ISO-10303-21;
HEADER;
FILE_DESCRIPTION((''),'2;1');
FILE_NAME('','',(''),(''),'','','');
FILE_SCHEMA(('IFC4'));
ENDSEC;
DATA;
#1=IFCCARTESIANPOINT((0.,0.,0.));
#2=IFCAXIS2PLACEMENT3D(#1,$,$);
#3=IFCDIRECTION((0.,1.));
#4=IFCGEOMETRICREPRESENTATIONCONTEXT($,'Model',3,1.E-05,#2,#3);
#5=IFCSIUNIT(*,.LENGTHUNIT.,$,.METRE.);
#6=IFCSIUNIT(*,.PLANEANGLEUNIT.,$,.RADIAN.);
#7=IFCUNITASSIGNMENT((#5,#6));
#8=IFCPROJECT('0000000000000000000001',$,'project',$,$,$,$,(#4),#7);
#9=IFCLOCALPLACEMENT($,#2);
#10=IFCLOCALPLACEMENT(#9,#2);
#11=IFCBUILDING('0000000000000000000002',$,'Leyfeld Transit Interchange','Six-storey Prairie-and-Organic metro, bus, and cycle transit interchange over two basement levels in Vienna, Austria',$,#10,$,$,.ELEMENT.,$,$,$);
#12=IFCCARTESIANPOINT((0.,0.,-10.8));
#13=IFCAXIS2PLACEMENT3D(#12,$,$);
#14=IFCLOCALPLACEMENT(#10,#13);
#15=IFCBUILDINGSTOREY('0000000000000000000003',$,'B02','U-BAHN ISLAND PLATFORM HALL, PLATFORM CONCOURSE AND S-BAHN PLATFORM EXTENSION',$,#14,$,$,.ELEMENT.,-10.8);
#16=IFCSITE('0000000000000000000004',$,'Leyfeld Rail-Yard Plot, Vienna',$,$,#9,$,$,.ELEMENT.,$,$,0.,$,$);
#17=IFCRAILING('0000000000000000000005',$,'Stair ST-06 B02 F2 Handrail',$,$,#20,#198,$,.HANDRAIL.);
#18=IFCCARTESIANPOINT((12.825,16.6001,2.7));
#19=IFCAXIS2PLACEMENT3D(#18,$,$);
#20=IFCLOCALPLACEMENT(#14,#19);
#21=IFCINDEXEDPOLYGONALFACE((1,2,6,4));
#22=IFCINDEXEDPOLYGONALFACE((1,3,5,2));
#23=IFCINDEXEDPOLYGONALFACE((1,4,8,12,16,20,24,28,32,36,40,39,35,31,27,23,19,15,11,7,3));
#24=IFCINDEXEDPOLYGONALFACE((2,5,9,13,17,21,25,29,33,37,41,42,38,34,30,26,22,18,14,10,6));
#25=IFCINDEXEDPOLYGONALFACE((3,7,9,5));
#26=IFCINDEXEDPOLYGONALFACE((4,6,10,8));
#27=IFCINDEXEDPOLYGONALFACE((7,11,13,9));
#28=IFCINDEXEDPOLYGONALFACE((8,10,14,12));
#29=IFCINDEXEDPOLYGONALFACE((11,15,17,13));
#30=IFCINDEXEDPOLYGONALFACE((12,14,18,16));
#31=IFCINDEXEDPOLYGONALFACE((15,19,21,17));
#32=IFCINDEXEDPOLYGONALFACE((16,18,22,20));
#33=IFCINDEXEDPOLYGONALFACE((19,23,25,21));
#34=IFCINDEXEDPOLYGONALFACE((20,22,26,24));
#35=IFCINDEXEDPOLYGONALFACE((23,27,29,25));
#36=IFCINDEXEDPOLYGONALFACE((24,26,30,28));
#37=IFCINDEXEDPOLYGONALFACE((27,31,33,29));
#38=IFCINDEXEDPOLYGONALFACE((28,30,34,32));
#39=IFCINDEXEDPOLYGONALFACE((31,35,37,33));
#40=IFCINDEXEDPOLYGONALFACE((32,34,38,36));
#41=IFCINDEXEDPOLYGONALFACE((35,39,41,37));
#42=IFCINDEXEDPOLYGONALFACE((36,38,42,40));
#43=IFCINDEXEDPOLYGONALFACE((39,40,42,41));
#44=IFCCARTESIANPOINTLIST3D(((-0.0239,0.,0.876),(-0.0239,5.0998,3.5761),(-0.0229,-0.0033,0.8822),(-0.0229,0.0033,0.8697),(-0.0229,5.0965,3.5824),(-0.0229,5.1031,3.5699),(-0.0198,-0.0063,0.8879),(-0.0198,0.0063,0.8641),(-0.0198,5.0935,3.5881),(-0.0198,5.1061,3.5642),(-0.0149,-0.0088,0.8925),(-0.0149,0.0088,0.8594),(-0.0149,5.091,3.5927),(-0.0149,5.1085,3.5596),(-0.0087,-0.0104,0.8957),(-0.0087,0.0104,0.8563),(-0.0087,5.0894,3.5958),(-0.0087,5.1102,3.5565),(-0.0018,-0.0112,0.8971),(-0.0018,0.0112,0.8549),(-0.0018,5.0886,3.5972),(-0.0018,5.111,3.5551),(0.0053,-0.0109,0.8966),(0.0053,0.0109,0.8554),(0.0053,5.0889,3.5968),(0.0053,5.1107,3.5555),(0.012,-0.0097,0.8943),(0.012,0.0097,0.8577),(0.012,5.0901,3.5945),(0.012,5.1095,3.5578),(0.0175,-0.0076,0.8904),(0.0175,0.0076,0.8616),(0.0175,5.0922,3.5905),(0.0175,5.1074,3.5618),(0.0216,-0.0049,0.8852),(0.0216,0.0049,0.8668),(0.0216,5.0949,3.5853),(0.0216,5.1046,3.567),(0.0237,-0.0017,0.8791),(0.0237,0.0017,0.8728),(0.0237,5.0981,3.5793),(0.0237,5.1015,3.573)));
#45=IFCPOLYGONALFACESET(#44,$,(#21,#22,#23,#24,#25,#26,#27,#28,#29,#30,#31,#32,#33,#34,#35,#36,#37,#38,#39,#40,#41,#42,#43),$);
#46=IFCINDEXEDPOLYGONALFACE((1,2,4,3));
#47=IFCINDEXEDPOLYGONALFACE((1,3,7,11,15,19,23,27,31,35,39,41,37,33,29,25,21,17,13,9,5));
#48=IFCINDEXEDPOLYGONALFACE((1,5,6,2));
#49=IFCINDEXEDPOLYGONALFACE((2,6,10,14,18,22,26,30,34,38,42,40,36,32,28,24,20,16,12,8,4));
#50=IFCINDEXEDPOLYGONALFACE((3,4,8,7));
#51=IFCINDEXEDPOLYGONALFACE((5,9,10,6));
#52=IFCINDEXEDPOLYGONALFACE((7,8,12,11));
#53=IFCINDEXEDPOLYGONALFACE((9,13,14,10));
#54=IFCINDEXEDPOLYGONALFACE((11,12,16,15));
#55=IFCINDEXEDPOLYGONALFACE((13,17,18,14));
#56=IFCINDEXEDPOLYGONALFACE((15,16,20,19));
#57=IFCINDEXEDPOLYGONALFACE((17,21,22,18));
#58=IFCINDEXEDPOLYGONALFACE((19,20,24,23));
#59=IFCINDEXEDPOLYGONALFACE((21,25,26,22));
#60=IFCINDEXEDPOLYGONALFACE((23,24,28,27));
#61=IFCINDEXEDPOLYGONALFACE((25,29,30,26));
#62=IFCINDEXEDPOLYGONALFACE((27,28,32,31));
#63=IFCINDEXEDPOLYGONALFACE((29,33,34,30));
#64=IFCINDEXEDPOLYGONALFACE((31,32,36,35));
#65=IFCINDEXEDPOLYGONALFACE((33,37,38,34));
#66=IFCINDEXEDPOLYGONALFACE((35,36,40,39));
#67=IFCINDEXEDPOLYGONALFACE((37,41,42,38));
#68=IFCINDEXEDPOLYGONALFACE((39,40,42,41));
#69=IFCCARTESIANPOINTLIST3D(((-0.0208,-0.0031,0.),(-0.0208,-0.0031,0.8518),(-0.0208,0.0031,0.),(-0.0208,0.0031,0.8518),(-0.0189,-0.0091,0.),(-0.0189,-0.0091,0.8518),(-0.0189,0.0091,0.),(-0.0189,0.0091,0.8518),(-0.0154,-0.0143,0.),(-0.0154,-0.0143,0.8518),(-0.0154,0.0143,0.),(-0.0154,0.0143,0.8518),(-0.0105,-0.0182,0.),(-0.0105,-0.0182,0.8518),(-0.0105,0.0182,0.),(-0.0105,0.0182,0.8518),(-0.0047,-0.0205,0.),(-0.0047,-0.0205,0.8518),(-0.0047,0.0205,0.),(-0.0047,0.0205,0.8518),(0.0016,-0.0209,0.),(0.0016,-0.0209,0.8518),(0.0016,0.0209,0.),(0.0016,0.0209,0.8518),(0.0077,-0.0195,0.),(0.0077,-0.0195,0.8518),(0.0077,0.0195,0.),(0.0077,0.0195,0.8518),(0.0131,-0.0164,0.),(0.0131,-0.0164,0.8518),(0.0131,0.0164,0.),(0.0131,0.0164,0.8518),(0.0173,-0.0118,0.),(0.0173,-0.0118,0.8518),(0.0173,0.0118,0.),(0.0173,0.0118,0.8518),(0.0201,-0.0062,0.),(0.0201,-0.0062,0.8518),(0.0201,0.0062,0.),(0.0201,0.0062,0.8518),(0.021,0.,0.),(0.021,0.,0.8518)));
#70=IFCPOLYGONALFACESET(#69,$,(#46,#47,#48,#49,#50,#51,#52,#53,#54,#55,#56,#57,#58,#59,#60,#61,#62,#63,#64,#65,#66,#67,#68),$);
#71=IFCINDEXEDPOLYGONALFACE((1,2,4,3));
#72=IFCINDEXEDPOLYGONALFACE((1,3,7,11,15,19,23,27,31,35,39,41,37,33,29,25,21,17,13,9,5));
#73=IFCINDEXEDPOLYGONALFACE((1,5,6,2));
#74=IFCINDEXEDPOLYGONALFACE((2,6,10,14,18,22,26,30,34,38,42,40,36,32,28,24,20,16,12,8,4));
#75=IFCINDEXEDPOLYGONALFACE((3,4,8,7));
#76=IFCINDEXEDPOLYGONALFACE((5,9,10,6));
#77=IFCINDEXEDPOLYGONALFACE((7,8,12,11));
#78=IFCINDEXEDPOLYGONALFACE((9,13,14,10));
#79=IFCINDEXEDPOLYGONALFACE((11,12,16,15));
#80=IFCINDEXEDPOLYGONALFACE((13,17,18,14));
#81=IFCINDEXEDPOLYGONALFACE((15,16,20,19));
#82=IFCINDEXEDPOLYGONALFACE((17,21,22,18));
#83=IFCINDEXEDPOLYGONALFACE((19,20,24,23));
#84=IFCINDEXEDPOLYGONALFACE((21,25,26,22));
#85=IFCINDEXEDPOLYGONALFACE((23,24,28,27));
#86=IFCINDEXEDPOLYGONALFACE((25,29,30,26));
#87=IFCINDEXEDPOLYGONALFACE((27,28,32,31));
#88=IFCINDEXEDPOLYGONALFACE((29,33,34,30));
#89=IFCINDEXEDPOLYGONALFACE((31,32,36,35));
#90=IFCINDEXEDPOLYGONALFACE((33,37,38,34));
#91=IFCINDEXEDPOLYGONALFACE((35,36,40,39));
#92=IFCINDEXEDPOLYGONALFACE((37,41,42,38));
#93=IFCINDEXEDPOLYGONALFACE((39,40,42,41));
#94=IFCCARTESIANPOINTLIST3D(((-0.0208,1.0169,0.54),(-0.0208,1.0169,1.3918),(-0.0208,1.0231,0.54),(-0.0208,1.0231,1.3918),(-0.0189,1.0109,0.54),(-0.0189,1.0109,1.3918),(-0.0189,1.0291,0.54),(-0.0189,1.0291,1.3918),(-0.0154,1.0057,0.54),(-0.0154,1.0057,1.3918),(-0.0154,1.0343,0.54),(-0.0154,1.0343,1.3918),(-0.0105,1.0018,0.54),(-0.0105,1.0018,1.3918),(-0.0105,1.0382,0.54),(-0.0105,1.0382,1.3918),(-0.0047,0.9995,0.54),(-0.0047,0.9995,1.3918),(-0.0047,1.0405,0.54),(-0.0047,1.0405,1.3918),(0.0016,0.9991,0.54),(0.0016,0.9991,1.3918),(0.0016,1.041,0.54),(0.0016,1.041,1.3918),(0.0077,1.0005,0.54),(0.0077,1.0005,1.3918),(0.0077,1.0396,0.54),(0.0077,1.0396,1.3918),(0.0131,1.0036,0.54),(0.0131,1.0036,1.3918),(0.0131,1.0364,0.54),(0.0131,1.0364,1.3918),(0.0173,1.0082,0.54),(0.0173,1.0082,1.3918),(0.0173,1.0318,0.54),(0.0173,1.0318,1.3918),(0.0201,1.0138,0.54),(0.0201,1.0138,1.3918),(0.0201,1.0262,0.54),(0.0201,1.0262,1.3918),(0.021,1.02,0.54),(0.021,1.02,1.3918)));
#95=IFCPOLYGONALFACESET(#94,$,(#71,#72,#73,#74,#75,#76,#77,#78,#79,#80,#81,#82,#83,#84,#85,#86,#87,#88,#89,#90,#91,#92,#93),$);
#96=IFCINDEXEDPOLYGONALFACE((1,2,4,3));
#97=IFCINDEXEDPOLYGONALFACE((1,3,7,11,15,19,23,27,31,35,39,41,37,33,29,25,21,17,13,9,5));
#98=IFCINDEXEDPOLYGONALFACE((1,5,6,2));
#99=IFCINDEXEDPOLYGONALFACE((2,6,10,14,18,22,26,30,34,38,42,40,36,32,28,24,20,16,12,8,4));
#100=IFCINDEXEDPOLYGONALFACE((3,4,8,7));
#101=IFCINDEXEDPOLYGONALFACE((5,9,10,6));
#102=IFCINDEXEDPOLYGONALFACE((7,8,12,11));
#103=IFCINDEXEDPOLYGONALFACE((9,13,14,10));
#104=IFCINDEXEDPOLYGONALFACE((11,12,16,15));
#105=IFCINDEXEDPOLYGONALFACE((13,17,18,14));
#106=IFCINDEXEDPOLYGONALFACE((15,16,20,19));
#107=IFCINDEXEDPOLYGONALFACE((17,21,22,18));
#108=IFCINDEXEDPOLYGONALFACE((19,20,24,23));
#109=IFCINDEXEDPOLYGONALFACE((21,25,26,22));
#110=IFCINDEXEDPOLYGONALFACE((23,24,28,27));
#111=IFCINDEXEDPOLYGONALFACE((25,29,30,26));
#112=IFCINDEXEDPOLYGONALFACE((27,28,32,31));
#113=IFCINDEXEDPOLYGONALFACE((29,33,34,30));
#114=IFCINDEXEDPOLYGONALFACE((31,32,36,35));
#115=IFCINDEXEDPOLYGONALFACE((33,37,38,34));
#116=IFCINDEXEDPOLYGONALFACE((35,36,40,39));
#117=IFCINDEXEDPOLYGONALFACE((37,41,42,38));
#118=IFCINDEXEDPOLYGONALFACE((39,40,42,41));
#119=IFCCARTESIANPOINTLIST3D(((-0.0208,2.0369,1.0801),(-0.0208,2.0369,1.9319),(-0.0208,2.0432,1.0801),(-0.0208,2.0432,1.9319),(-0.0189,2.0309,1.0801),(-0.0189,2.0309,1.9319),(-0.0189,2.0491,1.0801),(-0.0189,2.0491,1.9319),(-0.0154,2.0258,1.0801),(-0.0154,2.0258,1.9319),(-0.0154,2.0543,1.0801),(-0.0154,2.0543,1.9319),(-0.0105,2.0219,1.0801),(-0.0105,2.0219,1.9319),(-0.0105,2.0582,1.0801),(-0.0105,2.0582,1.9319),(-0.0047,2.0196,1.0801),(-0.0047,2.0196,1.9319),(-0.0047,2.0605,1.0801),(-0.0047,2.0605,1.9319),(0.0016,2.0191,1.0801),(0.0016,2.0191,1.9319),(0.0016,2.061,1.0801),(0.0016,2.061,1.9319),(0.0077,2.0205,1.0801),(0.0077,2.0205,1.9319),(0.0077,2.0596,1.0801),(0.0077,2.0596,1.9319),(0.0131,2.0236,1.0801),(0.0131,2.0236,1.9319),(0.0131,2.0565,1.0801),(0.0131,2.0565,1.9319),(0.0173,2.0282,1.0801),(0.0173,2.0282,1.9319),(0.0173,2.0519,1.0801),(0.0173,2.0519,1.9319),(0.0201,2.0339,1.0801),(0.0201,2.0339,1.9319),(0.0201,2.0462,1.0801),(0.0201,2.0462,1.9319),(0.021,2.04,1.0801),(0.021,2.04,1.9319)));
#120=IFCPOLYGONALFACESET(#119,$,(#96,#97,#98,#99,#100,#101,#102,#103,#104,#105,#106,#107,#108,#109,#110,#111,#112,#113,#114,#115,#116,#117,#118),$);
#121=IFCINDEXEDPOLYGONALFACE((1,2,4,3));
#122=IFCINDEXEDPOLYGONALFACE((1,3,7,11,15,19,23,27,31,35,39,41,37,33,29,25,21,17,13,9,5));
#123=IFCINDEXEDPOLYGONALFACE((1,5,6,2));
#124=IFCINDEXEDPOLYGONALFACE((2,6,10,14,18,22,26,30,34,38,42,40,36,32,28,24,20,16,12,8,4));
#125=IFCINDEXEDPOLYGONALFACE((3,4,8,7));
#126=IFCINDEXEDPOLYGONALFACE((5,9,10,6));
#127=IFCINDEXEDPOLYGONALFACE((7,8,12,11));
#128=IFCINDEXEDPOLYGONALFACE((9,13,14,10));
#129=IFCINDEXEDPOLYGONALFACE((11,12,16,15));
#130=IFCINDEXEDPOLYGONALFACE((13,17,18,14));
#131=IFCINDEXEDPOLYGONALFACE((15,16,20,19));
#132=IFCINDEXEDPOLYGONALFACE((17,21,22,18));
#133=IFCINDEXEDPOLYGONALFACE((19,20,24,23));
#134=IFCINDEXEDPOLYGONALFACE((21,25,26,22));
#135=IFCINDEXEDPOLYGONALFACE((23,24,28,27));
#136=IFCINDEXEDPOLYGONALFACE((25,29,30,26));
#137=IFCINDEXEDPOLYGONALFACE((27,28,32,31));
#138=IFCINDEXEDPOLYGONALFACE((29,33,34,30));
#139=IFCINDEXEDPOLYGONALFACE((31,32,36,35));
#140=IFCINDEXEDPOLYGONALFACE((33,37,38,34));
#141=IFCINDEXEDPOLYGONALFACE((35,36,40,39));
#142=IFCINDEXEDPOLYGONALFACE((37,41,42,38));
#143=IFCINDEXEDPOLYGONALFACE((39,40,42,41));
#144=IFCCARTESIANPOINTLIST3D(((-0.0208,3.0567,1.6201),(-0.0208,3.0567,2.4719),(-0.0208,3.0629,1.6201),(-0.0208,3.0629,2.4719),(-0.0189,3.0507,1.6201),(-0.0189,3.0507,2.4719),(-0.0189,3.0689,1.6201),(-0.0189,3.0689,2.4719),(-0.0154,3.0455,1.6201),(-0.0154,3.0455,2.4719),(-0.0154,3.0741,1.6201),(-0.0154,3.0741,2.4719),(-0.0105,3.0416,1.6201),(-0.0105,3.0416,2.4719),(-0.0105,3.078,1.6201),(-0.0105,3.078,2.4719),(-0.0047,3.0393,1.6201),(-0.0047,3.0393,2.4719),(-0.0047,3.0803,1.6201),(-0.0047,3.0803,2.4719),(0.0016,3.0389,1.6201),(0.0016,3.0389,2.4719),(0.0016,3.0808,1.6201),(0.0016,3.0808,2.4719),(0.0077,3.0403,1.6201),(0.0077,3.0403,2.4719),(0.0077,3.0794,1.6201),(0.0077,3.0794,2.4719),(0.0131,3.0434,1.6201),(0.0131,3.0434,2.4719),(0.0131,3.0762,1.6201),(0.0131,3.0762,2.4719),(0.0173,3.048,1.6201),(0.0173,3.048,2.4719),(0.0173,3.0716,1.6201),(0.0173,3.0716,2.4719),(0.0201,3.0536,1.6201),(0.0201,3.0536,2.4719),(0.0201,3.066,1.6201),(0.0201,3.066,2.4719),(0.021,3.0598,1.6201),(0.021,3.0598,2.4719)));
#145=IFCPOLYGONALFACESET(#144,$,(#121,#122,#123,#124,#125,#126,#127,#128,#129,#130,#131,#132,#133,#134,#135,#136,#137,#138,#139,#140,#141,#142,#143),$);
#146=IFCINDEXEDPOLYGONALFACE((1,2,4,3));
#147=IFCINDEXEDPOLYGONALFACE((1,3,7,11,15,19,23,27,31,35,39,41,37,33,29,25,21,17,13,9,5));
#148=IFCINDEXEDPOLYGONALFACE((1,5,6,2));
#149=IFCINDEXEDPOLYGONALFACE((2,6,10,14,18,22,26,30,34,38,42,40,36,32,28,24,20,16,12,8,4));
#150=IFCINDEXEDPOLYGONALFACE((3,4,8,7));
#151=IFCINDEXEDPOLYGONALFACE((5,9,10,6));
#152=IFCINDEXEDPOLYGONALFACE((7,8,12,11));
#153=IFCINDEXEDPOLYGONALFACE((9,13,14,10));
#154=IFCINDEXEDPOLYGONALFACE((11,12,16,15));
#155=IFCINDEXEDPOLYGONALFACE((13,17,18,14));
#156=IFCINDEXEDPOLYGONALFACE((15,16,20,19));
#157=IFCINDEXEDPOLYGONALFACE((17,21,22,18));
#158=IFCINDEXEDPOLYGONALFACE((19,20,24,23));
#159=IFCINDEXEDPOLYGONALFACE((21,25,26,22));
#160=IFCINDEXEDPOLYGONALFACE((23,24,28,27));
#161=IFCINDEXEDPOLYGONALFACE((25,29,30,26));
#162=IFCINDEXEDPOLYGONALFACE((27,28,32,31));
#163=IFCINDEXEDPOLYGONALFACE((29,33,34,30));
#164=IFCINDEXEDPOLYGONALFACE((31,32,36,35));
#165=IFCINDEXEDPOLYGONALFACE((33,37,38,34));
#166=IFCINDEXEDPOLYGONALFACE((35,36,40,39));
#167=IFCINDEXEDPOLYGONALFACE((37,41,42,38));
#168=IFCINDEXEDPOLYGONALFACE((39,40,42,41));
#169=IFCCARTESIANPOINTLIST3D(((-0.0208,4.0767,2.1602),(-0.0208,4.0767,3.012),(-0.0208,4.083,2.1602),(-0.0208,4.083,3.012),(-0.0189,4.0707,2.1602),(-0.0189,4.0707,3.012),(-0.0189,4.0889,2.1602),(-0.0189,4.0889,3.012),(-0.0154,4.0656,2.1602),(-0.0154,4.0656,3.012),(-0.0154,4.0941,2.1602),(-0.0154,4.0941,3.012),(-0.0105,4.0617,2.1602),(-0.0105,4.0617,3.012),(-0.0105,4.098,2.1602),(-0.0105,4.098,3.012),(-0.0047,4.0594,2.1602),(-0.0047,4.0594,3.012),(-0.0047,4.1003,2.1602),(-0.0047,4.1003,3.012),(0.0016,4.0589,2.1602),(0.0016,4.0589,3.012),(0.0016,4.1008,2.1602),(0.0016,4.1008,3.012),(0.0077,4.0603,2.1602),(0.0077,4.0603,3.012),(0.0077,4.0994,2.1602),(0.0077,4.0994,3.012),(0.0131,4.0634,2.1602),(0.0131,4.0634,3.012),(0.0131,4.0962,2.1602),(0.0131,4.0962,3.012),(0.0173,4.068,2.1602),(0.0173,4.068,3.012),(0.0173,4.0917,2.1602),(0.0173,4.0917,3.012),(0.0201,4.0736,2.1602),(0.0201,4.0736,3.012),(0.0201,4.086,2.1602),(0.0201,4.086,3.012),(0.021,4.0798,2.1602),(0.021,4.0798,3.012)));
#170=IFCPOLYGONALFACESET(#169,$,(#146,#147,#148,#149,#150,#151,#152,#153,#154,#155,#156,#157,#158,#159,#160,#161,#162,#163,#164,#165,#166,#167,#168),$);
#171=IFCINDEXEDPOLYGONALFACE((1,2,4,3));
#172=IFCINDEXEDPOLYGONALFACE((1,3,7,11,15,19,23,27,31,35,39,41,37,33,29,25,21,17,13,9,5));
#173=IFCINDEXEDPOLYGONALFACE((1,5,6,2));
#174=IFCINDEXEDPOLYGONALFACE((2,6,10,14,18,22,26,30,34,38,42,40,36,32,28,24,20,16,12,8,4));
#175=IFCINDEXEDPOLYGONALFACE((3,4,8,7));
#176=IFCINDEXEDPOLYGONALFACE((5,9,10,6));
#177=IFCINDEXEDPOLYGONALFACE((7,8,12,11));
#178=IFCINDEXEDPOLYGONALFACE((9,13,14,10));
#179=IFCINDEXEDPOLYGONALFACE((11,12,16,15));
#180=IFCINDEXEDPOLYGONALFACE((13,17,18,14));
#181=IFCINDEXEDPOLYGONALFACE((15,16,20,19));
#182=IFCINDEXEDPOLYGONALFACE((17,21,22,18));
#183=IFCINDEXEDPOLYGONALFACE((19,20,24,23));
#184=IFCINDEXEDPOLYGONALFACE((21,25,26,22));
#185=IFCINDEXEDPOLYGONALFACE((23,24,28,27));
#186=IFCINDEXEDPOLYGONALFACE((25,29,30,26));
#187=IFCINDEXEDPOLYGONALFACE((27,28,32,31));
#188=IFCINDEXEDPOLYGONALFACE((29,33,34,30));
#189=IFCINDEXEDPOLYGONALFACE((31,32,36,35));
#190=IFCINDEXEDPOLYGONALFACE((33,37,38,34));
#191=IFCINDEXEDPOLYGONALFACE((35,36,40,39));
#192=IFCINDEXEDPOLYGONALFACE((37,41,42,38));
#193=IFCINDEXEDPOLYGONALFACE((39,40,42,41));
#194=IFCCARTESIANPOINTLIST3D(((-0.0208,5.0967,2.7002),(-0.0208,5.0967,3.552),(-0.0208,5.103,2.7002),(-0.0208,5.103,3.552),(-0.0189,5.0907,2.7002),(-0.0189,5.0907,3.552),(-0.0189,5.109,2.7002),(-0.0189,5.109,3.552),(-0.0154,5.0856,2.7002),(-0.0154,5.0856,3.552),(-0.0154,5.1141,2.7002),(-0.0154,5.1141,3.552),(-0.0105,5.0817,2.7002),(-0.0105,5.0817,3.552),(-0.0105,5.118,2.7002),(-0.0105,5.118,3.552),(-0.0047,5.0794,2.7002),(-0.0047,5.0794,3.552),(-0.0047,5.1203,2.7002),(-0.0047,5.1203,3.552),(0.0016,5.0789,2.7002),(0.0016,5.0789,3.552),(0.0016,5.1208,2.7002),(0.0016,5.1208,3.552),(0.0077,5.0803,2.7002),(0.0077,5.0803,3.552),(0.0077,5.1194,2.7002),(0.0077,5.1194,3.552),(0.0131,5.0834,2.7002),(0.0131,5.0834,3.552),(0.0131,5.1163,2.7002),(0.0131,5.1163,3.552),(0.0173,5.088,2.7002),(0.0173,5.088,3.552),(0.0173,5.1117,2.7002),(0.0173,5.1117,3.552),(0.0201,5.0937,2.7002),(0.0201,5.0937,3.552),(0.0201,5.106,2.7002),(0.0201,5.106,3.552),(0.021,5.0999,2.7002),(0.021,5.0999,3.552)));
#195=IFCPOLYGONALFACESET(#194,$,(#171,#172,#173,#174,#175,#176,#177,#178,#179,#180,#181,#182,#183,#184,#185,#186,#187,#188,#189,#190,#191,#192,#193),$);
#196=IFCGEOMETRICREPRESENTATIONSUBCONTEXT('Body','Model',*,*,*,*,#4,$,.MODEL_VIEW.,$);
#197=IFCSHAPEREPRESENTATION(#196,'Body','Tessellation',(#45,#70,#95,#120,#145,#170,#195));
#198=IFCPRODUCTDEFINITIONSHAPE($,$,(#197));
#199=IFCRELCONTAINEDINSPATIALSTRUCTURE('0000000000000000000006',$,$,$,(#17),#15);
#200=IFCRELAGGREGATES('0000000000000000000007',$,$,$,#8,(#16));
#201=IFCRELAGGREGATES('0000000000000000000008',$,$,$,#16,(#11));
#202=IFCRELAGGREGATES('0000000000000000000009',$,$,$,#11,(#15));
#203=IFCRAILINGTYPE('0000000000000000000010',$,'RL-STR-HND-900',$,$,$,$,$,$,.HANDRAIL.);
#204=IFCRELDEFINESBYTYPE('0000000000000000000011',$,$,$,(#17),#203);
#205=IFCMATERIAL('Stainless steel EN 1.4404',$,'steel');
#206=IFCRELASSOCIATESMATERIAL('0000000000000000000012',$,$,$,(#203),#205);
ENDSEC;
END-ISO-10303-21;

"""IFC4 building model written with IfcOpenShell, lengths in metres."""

from ifc_helpers import new_model, si_unit, direction, frame, origin, origin_2d, place, context, subcontext, project, spatial, circle, extrude, material, type_object, element, save


model = new_model("IFC4")

# Units and contexts
model_context = context("Model", 3, precision=1e-05, world=origin(), true_north=direction((0.0, 1.0)))
body_context = subcontext(model_context, "Body", "Model", "MODEL_VIEW")
ifc_project = project(units=[si_unit("LENGTHUNIT", "METRE"), si_unit("PLANEANGLEUNIT", "RADIAN")], contexts=[model_context])

# Site, building, storey
site_placement = place(None, origin())
site = spatial("IfcSite", under=ifc_project, at=site_placement, Name="Leyfeld Rail-Yard Plot, Vienna", CompositionType="ELEMENT", RefElevation=0.0)
building_placement = place(site_placement, origin())
building = spatial("IfcBuilding", under=site, at=building_placement, Name="Leyfeld Transit Interchange", Description="Six-storey Prairie-and-Organic metro, bus, and cycle transit interchange over two basement levels in Vienna, Austria", CompositionType="ELEMENT")
storey_placement = place(building_placement, frame((0.0, 0.0, -10.8)))
storey = spatial("IfcBuildingStorey", under=building, at=storey_placement, Name="B02", Description="U-BAHN ISLAND PLATFORM HALL, PLATFORM CONCOURSE AND S-BAHN PLATFORM EXTENSION", CompositionType="ELEMENT", Elevation=-10.8)

# Railing
ifc_material_1 = material(Name="Stainless steel EN 1.4404", Category="steel")
railing_type_1 = type_object("IfcRailingType", Name="RL-STR-HND-900", PredefinedType="HANDRAIL", material=ifc_material_1)
railing_1_placement = place(storey_placement, frame((12.825, 16.6001, 2.7)))
element("IfcRailing", 1, at=railing_1_placement, inside=storey, type_object=railing_type_1, Name="Stair ST-06 B02 F2 Handrail", PredefinedType="HANDRAIL", context=body_context, shape_type="SweptSolid", body=[
    extrude(circle(Radius=0.0239, at=origin_2d()), frame((0.0, 0.0, 0.876), z_axis=(0.0, 0.883768, 0.467925), x_axis=(-1.0, 0.0, 0.0)), (0.0, 0.0, 1.0), 5.7705),
    extrude(circle(Radius=0.021, at=origin_2d()), origin(), (0.0, 0.0, 1.0), 0.8518),
    extrude(circle(Radius=0.021, at=origin_2d()), frame((0.0, 1.02, 0.54)), (0.0, 0.0, 1.0), 0.8518),
    extrude(circle(Radius=0.021, at=origin_2d()), frame((0.0, 2.04, 1.0801)), (0.0, 0.0, 1.0), 0.8518),
    extrude(circle(Radius=0.021, at=origin_2d()), frame((0.0, 3.0598, 1.6201)), (0.0, 0.0, 1.0), 0.8518),
    extrude(circle(Radius=0.021, at=origin_2d()), frame((0.0, 4.0798, 2.1602)), (0.0, 0.0, 1.0), 0.8518),
    extrude(circle(Radius=0.021, at=origin_2d()), frame((0.0, 5.0999, 2.7002)), (0.0, 0.0, 1.0), 0.8518),
])

save(model, "model.ifc")
